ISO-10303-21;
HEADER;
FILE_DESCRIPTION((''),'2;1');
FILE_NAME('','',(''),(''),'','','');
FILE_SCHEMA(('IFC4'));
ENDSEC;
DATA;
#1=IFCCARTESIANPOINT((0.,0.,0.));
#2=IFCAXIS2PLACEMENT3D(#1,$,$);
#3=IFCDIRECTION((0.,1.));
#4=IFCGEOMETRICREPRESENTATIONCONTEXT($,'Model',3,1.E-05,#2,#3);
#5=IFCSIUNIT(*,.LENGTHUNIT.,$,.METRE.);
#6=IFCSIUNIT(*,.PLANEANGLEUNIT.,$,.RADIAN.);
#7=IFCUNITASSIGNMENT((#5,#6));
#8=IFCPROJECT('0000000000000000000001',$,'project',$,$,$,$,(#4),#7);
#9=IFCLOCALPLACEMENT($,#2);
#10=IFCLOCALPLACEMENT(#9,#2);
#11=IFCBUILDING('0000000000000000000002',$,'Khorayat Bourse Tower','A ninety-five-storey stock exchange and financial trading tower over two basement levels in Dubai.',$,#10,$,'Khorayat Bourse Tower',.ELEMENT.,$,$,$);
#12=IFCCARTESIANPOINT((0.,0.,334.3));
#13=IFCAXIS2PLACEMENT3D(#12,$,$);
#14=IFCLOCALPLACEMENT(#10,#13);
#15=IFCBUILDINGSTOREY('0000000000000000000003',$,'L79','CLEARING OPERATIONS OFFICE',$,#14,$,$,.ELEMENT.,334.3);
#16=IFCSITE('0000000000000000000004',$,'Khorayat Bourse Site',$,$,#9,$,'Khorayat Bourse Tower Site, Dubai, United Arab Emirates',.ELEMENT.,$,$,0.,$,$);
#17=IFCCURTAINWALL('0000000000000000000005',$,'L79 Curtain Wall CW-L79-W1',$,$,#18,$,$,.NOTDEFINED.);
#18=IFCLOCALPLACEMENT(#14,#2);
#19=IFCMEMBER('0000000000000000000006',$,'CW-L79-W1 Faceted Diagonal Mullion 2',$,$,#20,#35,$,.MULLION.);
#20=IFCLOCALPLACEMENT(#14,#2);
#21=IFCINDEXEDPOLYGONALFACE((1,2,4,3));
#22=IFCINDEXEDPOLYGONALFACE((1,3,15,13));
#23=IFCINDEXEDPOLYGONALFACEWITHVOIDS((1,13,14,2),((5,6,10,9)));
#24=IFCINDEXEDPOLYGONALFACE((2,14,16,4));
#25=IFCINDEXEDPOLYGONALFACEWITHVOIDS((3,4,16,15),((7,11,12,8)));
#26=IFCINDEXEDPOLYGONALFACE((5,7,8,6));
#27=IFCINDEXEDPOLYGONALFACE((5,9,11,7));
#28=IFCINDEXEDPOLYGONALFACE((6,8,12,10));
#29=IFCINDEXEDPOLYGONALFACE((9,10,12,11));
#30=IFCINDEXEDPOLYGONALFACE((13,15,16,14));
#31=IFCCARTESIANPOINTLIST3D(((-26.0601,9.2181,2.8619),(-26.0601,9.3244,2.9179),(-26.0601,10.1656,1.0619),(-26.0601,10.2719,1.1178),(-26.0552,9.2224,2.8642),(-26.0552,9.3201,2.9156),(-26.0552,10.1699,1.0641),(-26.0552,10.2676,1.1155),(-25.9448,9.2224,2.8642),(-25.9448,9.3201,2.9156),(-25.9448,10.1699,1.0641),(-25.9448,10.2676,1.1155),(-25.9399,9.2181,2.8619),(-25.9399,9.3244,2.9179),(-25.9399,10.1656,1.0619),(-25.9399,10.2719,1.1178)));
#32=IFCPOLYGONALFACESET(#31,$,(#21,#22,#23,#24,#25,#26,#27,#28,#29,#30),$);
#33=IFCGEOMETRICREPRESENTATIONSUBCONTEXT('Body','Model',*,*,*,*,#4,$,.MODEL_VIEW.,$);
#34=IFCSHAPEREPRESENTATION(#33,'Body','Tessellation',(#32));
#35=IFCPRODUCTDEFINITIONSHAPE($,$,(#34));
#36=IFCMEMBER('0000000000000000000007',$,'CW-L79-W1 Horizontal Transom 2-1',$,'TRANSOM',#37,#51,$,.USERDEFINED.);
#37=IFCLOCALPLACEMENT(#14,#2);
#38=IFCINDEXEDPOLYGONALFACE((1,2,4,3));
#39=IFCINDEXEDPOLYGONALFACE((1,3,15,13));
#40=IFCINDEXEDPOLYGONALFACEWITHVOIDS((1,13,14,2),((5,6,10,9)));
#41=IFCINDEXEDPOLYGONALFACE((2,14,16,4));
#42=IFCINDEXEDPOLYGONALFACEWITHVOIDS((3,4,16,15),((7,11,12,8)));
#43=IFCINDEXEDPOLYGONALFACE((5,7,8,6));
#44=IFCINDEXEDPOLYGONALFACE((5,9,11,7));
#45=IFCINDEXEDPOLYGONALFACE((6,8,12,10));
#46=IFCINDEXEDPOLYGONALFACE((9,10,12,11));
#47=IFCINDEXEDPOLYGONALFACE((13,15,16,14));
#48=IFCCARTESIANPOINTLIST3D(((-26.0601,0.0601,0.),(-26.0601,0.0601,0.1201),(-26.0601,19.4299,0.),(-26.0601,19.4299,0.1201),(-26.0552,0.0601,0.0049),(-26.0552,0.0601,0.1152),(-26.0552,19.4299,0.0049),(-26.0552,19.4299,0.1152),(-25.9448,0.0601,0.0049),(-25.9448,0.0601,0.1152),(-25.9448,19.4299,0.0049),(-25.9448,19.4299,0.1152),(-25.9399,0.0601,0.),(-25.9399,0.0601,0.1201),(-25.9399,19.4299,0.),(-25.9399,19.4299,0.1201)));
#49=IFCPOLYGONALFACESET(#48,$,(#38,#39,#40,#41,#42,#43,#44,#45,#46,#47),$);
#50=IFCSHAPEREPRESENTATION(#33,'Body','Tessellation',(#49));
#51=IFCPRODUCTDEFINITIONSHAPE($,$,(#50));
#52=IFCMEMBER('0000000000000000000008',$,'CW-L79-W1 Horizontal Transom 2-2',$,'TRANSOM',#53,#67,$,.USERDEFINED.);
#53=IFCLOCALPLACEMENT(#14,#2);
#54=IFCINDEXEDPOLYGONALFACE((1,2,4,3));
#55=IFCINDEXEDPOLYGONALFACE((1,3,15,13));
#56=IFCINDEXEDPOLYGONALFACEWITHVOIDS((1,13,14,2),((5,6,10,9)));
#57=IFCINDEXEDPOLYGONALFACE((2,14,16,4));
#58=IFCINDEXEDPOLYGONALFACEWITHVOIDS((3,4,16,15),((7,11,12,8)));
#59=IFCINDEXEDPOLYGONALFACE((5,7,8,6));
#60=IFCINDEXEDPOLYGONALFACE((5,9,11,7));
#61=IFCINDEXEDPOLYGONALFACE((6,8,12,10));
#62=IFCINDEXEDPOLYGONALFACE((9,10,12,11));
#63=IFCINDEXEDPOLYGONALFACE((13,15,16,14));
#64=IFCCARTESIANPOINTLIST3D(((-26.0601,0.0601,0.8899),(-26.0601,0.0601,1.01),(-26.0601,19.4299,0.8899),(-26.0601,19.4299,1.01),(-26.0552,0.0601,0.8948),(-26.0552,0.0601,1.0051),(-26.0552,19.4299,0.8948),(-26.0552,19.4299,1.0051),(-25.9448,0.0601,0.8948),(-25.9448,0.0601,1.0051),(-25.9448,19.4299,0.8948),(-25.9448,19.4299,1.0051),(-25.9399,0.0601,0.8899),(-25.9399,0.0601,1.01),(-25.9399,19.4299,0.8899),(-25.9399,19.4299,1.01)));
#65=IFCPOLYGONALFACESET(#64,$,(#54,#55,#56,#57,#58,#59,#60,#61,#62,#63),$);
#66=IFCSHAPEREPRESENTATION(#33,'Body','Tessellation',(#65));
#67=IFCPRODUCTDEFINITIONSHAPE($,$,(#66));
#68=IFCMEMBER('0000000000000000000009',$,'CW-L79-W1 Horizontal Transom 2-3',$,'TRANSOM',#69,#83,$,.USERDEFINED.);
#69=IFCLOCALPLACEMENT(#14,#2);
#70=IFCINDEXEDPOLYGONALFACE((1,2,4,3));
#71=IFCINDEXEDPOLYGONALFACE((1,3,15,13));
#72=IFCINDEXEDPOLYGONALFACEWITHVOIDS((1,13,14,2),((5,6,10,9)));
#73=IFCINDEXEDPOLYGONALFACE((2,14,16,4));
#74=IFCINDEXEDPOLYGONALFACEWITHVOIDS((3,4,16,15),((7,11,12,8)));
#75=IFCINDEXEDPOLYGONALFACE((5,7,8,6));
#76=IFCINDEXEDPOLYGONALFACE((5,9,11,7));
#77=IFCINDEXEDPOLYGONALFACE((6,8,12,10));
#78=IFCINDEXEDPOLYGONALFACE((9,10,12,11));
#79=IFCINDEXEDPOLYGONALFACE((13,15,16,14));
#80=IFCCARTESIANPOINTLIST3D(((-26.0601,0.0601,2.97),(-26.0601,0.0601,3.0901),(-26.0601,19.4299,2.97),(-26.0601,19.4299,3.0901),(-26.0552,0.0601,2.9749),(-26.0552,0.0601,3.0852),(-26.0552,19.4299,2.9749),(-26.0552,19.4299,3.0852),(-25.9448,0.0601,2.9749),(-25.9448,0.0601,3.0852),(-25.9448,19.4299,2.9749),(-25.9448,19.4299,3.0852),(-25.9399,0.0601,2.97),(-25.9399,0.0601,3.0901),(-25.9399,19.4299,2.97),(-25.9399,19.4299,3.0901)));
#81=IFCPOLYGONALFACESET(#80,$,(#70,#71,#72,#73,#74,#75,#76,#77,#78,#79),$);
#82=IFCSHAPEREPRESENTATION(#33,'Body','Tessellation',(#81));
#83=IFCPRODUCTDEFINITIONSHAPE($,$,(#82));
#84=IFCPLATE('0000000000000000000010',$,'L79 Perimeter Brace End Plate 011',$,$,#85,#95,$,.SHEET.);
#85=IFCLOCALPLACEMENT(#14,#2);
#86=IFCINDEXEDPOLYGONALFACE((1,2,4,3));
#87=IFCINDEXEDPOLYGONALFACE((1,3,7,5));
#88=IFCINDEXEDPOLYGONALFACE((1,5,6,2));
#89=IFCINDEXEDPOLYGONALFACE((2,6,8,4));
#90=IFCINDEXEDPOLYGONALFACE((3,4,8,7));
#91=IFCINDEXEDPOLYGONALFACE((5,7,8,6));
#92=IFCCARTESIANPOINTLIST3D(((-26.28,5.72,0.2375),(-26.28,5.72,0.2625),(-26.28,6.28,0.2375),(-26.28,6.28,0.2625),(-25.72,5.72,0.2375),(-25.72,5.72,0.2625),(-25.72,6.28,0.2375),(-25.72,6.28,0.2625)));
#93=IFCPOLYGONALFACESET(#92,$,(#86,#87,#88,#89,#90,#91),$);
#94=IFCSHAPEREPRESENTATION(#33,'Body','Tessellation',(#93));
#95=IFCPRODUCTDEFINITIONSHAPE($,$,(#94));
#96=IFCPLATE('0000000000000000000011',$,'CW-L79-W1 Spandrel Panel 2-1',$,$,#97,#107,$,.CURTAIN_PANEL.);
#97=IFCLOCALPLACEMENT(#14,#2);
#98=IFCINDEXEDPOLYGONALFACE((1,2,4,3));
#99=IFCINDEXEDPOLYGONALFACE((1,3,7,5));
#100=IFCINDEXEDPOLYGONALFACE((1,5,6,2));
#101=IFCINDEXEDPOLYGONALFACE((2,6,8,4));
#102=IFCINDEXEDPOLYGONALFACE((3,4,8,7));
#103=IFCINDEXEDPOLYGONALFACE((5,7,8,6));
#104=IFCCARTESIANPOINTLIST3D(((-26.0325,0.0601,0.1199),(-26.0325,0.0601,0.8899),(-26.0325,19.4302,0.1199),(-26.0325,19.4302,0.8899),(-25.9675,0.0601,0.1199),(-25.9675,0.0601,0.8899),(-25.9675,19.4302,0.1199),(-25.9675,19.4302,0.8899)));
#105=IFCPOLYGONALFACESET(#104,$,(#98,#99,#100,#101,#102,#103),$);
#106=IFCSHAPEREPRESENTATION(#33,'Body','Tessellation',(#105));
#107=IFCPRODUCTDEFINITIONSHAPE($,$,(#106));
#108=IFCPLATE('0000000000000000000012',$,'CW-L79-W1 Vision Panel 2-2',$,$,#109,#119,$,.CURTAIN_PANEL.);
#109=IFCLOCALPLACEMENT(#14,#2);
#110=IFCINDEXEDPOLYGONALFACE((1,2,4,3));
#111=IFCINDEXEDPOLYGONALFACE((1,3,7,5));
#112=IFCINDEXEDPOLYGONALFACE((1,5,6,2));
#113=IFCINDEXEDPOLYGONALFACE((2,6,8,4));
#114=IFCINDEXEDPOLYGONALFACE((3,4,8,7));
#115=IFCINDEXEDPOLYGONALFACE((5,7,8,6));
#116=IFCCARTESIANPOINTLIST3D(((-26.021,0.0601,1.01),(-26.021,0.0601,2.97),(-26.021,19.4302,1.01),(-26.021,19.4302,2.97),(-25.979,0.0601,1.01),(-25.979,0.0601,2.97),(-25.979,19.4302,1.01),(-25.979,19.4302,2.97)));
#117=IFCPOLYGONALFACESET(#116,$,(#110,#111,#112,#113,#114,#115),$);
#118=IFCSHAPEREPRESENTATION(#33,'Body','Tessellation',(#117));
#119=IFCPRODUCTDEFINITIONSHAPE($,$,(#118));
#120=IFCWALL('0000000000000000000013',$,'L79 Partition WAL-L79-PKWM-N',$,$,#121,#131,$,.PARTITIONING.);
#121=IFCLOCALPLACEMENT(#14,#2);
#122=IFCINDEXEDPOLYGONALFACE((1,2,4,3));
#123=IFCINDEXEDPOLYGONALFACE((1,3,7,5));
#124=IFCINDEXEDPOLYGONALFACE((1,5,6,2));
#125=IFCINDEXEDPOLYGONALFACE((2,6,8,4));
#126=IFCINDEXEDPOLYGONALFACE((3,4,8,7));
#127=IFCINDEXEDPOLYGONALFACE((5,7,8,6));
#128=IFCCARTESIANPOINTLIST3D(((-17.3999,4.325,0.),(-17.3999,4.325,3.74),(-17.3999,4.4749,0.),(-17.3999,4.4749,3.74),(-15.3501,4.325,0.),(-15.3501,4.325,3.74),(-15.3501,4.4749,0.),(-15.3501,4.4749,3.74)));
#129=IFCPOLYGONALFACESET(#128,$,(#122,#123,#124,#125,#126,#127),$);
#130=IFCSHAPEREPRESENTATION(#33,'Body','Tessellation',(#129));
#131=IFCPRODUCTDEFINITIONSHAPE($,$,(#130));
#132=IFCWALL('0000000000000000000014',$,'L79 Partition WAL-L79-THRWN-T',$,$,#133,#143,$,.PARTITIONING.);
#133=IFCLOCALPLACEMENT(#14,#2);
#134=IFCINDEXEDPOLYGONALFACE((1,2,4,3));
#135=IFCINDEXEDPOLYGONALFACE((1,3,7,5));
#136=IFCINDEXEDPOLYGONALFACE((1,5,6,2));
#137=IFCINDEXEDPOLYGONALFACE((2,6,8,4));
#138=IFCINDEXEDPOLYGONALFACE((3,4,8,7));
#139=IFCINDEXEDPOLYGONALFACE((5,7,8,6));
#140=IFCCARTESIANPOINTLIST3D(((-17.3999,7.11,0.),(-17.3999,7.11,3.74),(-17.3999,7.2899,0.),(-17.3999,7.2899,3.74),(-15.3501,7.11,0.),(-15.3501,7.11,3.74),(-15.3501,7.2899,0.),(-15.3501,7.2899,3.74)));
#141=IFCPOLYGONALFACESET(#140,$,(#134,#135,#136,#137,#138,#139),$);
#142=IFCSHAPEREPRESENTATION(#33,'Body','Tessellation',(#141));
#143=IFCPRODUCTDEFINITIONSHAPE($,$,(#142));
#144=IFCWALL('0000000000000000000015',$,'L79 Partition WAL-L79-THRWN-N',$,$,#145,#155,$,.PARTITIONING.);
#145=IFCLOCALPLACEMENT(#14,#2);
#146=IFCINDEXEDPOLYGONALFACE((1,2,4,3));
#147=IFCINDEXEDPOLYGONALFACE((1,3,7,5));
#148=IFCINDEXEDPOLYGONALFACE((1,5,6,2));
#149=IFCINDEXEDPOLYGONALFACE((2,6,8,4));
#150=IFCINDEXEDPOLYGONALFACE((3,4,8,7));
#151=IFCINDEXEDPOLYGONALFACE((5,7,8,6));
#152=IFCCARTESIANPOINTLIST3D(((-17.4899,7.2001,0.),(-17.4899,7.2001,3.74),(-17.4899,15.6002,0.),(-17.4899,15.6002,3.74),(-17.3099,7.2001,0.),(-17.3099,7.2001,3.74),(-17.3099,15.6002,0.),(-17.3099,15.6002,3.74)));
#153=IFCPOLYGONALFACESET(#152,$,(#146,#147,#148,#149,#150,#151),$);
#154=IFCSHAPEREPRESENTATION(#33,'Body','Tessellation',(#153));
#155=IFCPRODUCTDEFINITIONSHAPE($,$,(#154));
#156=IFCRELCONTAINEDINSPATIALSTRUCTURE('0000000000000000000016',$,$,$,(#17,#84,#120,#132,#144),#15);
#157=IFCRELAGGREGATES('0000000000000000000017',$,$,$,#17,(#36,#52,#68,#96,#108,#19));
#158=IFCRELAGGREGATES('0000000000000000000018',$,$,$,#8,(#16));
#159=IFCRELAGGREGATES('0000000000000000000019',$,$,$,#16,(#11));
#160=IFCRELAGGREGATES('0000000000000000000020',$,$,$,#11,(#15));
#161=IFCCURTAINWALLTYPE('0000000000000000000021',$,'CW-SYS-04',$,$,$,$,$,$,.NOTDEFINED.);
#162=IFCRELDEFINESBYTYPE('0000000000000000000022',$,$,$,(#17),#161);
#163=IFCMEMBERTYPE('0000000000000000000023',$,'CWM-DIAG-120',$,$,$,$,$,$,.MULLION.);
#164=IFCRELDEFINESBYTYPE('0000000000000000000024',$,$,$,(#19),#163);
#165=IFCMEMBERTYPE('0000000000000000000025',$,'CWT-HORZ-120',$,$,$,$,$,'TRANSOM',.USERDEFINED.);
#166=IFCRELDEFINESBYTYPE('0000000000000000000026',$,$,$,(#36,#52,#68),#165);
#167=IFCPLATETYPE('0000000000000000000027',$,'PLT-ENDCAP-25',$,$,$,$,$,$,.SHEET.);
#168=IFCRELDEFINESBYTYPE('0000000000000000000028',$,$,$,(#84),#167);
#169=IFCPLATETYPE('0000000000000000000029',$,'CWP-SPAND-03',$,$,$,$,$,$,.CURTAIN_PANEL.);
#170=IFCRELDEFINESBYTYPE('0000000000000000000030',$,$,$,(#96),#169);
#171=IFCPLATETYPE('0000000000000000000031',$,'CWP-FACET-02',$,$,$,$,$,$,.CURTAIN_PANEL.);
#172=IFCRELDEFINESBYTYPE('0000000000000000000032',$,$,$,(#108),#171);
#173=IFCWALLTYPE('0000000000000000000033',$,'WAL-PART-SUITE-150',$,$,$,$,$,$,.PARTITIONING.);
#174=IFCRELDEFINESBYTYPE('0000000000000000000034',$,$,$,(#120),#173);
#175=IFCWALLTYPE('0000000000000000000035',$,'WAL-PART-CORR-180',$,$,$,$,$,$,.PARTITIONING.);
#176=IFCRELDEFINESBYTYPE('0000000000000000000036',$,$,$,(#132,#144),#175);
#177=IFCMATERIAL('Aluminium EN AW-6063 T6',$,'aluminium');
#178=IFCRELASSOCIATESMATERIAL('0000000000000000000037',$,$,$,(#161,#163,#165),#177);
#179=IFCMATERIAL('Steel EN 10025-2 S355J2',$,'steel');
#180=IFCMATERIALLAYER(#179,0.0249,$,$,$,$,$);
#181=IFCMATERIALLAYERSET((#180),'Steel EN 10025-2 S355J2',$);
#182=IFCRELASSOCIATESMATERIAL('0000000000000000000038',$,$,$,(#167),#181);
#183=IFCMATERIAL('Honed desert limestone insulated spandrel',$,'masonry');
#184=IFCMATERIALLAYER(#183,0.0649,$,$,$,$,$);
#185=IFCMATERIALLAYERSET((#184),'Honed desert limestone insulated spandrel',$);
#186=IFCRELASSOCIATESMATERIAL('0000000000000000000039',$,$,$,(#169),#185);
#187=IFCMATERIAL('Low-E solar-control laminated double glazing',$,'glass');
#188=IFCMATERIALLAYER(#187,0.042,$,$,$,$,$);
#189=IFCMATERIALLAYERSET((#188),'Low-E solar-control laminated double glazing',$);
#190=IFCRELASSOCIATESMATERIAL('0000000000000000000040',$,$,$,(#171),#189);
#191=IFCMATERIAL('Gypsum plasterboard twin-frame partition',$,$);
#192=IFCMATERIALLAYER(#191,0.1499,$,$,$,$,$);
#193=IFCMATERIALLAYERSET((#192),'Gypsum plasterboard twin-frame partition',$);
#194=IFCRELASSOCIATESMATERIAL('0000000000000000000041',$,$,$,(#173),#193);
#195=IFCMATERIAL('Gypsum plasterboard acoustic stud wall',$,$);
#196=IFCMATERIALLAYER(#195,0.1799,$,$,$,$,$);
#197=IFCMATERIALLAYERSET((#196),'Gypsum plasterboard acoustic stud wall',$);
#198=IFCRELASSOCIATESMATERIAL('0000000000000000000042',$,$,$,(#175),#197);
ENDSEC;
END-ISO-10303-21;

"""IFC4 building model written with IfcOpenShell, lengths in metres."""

from ifc_helpers import new_model, si_unit, direction, frame, frame_2d, origin, origin_2d, place, context, subcontext, project, spatial, rectangle, hollow_rectangle, extrude, source, transform, mapped, material, layer, layer_set, material_profile, profile_set, type_object, element, aggregate, save


model = new_model("IFC4")

# Units and contexts
model_context = context("Model", 3, precision=1e-05, world=origin(), true_north=direction((0.0, 1.0)))
body_context = subcontext(model_context, "Body", "Model", "MODEL_VIEW")
ifc_project = project(units=[si_unit("LENGTHUNIT", "METRE"), si_unit("PLANEANGLEUNIT", "RADIAN")], contexts=[model_context])

# Site, building, storey
site_placement = place(None, origin())
site = spatial("IfcSite", under=ifc_project, at=site_placement, Name="Khorayat Bourse Site", LongName="Khorayat Bourse Tower Site, Dubai, United Arab Emirates", CompositionType="ELEMENT", RefElevation=0.0)
building_placement = place(site_placement, origin())
building = spatial("IfcBuilding", under=site, at=building_placement, Name="Khorayat Bourse Tower", Description="A ninety-five-storey stock exchange and financial trading tower over two basement levels in Dubai.", LongName="Khorayat Bourse Tower", CompositionType="ELEMENT")
storey_placement = place(building_placement, frame((0.0, 0.0, 334.3)))
storey = spatial("IfcBuildingStorey", under=building, at=storey_placement, Name="L79", Description="CLEARING OPERATIONS OFFICE", CompositionType="ELEMENT", Elevation=334.3)

# Shared definitions
ifc_material_1 = material(Name="Steel EN 10025-2 S355J2", Category="steel")

# Curtain wall, members
ifc_material_2 = material(Name="Aluminium EN AW-6063 T6", Category="aluminium")
curtain_wall_type = type_object("IfcCurtainWallType", Name="CW-SYS-04", PredefinedType="NOTDEFINED", material=ifc_material_2)
curtain_wall_placement = place(storey_placement, origin())
curtain_wall = element("IfcCurtainWall", 1, at=curtain_wall_placement, inside=storey, type_object=curtain_wall_type, Name="L79 Curtain Wall CW-L79-W1", PredefinedType="NOTDEFINED")
ifc_material_profile_1 = material_profile(ifc_material_2, hollow_rectangle(XDim=0.1201, YDim=0.1201, WallThickness=0.0049, at=origin_2d()), Name="ALU 120x120x5")
ifc_profile_set_1 = profile_set([ifc_material_profile_1], Name="Aluminium EN AW-6063 T6")
member_type_1 = type_object("IfcMemberType", Name="CWM-DIAG-120", PredefinedType="MULLION", material=ifc_profile_set_1)
shared_shape_1 = source(origin(), body_context, "Body", "SweptSolid", [
    extrude(hollow_rectangle(XDim=0.1201, YDim=0.1201, WallThickness=0.0049, at=origin_2d()), origin(), (0.0, 0.0, 1.0), 2.0342),
])
member_1_placement = place(storey_placement, frame((-26.0, 10.2188, 1.0898), z_axis=(0.0, -0.465791, 0.884895), x_axis=(1.0, 0.0, 0.0)))
member_1 = element("IfcMember", 2, at=member_1_placement, type_object=member_type_1, Name="CW-L79-W1 Faceted Diagonal Mullion 2", PredefinedType="MULLION", context=body_context, shape_type="MappedRepresentation", body=[
    mapped(shared_shape_1, transform((0.0, 0.0, 0.0), scale=1.0)),
])
ifc_material_profile_2 = material_profile(ifc_material_2, hollow_rectangle(XDim=0.1201, YDim=0.1201, WallThickness=0.0049, at=origin_2d()), Name="ALU 120x120x5")
ifc_profile_set_2 = profile_set([ifc_material_profile_2], Name="Aluminium EN AW-6063 T6")
member_type_2 = type_object("IfcMemberType", Name="CWT-HORZ-120", ElementType="TRANSOM", PredefinedType="USERDEFINED", material=ifc_profile_set_2)
shared_shape_2 = source(origin(), body_context, "Body", "SweptSolid", [
    extrude(hollow_rectangle(XDim=0.1201, YDim=0.1201, WallThickness=0.0049, at=origin_2d()), origin(), (0.0, 0.0, 1.0), 19.3699),
])
member_2_placement = place(storey_placement, frame((-26.0, 0.0601, 0.0601), z_axis=(0.0, 1.0, 0.0), x_axis=(-1.0, 0.0, 0.0)))
member_2 = element("IfcMember", 3, at=member_2_placement, type_object=member_type_2, Name="CW-L79-W1 Horizontal Transom 2-1", ObjectType="TRANSOM", PredefinedType="USERDEFINED", context=body_context, shape_type="MappedRepresentation", body=[
    mapped(shared_shape_2, transform((0.0, 0.0, 0.0), scale=1.0)),
])
member_3_placement = place(storey_placement, frame((-26.0, 0.0601, 0.95), z_axis=(0.0, 1.0, 0.0), x_axis=(-1.0, 0.0, 0.0)))
member_3 = element("IfcMember", 4, at=member_3_placement, type_object=member_type_2, Name="CW-L79-W1 Horizontal Transom 2-2", ObjectType="TRANSOM", PredefinedType="USERDEFINED", context=body_context, shape_type="MappedRepresentation", body=[
    mapped(shared_shape_2, transform((0.0, 0.0, 0.0), scale=1.0)),
])
member_4_placement = place(storey_placement, frame((-26.0, 0.0601, 3.03), z_axis=(0.0, 1.0, 0.0), x_axis=(-1.0, 0.0, 0.0)))
member_4 = element("IfcMember", 5, at=member_4_placement, type_object=member_type_2, Name="CW-L79-W1 Horizontal Transom 2-3", ObjectType="TRANSOM", PredefinedType="USERDEFINED", context=body_context, shape_type="MappedRepresentation", body=[
    mapped(shared_shape_2, transform((0.0, 0.0, 0.0), scale=1.0)),
])

# Plates
ifc_layer_1 = layer(ifc_material_1, 0.0249)
ifc_layer_set_1 = layer_set([ifc_layer_1], Name="Steel EN 10025-2 S355J2")
plate_type_1 = type_object("IfcPlateType", Name="PLT-ENDCAP-25", PredefinedType="SHEET", material=ifc_layer_set_1)
shared_shape_3 = source(origin(), body_context, "Body", "SweptSolid", [
    extrude(rectangle(XDim=0.5601, YDim=0.5601, at=origin_2d()), origin(), (0.0, 0.0, 1.0), 0.0249),
])
plate_1_placement = place(storey_placement, frame((-26.0, 6.0, 0.2375), z_axis=(0.0, 0.0, 1.0), x_axis=(1.0, 0.0, 0.0)))
element("IfcPlate", 6, at=plate_1_placement, inside=storey, type_object=plate_type_1, Name="L79 Perimeter Brace End Plate 011", PredefinedType="SHEET", context=body_context, shape_type="MappedRepresentation", body=[
    mapped(shared_shape_3, transform((0.0, 0.0, 0.0), scale=1.0)),
])
ifc_material_3 = material(Name="Honed desert limestone insulated spandrel", Category="masonry")
ifc_layer_2 = layer(ifc_material_3, 0.0649)
ifc_layer_set_2 = layer_set([ifc_layer_2], Name="Honed desert limestone insulated spandrel")
plate_type_2 = type_object("IfcPlateType", Name="CWP-SPAND-03", PredefinedType="CURTAIN_PANEL", material=ifc_layer_set_2)
shared_shape_4 = source(origin(), body_context, "Body", "SweptSolid", [
    extrude(rectangle(XDim=19.3701, YDim=0.0649, at=origin_2d()), origin(), (0.0, 0.0, 1.0), 0.77),
])
plate_2_placement = place(storey_placement, frame((-26.0, 9.7451, 0.1199), z_axis=(0.0, 0.0, 1.0), x_axis=(0.0, 1.0, 0.0)))
plate_2 = element("IfcPlate", 7, at=plate_2_placement, type_object=plate_type_2, Name="CW-L79-W1 Spandrel Panel 2-1", PredefinedType="CURTAIN_PANEL", context=body_context, shape_type="MappedRepresentation", body=[
    mapped(shared_shape_4, transform((0.0, 0.0, 0.0), scale=1.0)),
])
ifc_material_4 = material(Name="Low-E solar-control laminated double glazing", Category="glass")
ifc_layer_3 = layer(ifc_material_4, 0.042)
ifc_layer_set_3 = layer_set([ifc_layer_3], Name="Low-E solar-control laminated double glazing")
plate_type_3 = type_object("IfcPlateType", Name="CWP-FACET-02", PredefinedType="CURTAIN_PANEL", material=ifc_layer_set_3)
shared_shape_5 = source(origin(), body_context, "Body", "SweptSolid", [
    extrude(rectangle(XDim=19.3701, YDim=0.042, at=origin_2d()), origin(), (0.0, 0.0, 1.0), 1.96),
])
plate_3_placement = place(storey_placement, frame((-26.0, 9.7451, 1.01), z_axis=(0.0, 0.0, 1.0), x_axis=(0.0, 1.0, 0.0)))
plate_3 = element("IfcPlate", 8, at=plate_3_placement, type_object=plate_type_3, Name="CW-L79-W1 Vision Panel 2-2", PredefinedType="CURTAIN_PANEL", context=body_context, shape_type="MappedRepresentation", body=[
    mapped(shared_shape_5, transform((0.0, 0.0, 0.0), scale=1.0)),
])
aggregate(curtain_wall, [member_2, member_3, member_4, plate_2, plate_3, member_1])

# Walls
ifc_material_5 = material(Name="Gypsum plasterboard twin-frame partition")
ifc_layer_4 = layer(ifc_material_5, 0.1499)
ifc_layer_set_4 = layer_set([ifc_layer_4], Name="Gypsum plasterboard twin-frame partition")
wall_type_1 = type_object("IfcWallType", Name="WAL-PART-SUITE-150", PredefinedType="PARTITIONING", material=ifc_layer_set_4)
shared_shape_6 = source(origin(), body_context, "Body", "SweptSolid", [
    extrude(rectangle(XDim=2.0498, YDim=0.1499, at=frame_2d((1.0249, 0.0))), origin(), (0.0, 0.0, 1.0), 3.74),
])
wall_1_placement = place(storey_placement, frame((-17.3999, 4.3999, 0.0), z_axis=(0.0, 0.0, 1.0), x_axis=(1.0, 0.0, 0.0)))
element("IfcWall", 9, at=wall_1_placement, inside=storey, type_object=wall_type_1, Name="L79 Partition WAL-L79-PKWM-N", PredefinedType="PARTITIONING", context=body_context, shape_type="MappedRepresentation", body=[
    mapped(shared_shape_6, transform((0.0, 0.0, 0.0), scale=1.0)),
])
ifc_material_6 = material(Name="Gypsum plasterboard acoustic stud wall")
ifc_layer_5 = layer(ifc_material_6, 0.1799)
ifc_layer_set_5 = layer_set([ifc_layer_5], Name="Gypsum plasterboard acoustic stud wall")
wall_type_2 = type_object("IfcWallType", Name="WAL-PART-CORR-180", PredefinedType="PARTITIONING", material=ifc_layer_set_5)
shared_shape_7 = source(origin(), body_context, "Body", "SweptSolid", [
    extrude(rectangle(XDim=2.0498, YDim=0.1799, at=frame_2d((1.0249, 0.0))), origin(), (0.0, 0.0, 1.0), 3.74),
])
wall_2_placement = place(storey_placement, frame((-17.3999, 7.2, 0.0), z_axis=(0.0, 0.0, 1.0), x_axis=(1.0, 0.0, 0.0)))
element("IfcWall", 10, at=wall_2_placement, inside=storey, type_object=wall_type_2, Name="L79 Partition WAL-L79-THRWN-T", PredefinedType="PARTITIONING", context=body_context, shape_type="MappedRepresentation", body=[
    mapped(shared_shape_7, transform((0.0, 0.0, 0.0), scale=1.0)),
])
shared_shape_8 = source(origin(), body_context, "Body", "SweptSolid", [
    extrude(rectangle(XDim=8.4001, YDim=0.1799, at=frame_2d((4.2002, 0.0))), origin(), (0.0, 0.0, 1.0), 3.74),
])
wall_3_placement = place(storey_placement, frame((-17.3999, 7.2, 0.0), z_axis=(0.0, 0.0, 1.0), x_axis=(0.0, 1.0, 0.0)))
element("IfcWall", 11, at=wall_3_placement, inside=storey, type_object=wall_type_2, Name="L79 Partition WAL-L79-THRWN-N", PredefinedType="PARTITIONING", context=body_context, shape_type="MappedRepresentation", body=[
    mapped(shared_shape_8, transform((0.0, 0.0, 0.0), scale=1.0)),
])

save(model, "model.ifc")
